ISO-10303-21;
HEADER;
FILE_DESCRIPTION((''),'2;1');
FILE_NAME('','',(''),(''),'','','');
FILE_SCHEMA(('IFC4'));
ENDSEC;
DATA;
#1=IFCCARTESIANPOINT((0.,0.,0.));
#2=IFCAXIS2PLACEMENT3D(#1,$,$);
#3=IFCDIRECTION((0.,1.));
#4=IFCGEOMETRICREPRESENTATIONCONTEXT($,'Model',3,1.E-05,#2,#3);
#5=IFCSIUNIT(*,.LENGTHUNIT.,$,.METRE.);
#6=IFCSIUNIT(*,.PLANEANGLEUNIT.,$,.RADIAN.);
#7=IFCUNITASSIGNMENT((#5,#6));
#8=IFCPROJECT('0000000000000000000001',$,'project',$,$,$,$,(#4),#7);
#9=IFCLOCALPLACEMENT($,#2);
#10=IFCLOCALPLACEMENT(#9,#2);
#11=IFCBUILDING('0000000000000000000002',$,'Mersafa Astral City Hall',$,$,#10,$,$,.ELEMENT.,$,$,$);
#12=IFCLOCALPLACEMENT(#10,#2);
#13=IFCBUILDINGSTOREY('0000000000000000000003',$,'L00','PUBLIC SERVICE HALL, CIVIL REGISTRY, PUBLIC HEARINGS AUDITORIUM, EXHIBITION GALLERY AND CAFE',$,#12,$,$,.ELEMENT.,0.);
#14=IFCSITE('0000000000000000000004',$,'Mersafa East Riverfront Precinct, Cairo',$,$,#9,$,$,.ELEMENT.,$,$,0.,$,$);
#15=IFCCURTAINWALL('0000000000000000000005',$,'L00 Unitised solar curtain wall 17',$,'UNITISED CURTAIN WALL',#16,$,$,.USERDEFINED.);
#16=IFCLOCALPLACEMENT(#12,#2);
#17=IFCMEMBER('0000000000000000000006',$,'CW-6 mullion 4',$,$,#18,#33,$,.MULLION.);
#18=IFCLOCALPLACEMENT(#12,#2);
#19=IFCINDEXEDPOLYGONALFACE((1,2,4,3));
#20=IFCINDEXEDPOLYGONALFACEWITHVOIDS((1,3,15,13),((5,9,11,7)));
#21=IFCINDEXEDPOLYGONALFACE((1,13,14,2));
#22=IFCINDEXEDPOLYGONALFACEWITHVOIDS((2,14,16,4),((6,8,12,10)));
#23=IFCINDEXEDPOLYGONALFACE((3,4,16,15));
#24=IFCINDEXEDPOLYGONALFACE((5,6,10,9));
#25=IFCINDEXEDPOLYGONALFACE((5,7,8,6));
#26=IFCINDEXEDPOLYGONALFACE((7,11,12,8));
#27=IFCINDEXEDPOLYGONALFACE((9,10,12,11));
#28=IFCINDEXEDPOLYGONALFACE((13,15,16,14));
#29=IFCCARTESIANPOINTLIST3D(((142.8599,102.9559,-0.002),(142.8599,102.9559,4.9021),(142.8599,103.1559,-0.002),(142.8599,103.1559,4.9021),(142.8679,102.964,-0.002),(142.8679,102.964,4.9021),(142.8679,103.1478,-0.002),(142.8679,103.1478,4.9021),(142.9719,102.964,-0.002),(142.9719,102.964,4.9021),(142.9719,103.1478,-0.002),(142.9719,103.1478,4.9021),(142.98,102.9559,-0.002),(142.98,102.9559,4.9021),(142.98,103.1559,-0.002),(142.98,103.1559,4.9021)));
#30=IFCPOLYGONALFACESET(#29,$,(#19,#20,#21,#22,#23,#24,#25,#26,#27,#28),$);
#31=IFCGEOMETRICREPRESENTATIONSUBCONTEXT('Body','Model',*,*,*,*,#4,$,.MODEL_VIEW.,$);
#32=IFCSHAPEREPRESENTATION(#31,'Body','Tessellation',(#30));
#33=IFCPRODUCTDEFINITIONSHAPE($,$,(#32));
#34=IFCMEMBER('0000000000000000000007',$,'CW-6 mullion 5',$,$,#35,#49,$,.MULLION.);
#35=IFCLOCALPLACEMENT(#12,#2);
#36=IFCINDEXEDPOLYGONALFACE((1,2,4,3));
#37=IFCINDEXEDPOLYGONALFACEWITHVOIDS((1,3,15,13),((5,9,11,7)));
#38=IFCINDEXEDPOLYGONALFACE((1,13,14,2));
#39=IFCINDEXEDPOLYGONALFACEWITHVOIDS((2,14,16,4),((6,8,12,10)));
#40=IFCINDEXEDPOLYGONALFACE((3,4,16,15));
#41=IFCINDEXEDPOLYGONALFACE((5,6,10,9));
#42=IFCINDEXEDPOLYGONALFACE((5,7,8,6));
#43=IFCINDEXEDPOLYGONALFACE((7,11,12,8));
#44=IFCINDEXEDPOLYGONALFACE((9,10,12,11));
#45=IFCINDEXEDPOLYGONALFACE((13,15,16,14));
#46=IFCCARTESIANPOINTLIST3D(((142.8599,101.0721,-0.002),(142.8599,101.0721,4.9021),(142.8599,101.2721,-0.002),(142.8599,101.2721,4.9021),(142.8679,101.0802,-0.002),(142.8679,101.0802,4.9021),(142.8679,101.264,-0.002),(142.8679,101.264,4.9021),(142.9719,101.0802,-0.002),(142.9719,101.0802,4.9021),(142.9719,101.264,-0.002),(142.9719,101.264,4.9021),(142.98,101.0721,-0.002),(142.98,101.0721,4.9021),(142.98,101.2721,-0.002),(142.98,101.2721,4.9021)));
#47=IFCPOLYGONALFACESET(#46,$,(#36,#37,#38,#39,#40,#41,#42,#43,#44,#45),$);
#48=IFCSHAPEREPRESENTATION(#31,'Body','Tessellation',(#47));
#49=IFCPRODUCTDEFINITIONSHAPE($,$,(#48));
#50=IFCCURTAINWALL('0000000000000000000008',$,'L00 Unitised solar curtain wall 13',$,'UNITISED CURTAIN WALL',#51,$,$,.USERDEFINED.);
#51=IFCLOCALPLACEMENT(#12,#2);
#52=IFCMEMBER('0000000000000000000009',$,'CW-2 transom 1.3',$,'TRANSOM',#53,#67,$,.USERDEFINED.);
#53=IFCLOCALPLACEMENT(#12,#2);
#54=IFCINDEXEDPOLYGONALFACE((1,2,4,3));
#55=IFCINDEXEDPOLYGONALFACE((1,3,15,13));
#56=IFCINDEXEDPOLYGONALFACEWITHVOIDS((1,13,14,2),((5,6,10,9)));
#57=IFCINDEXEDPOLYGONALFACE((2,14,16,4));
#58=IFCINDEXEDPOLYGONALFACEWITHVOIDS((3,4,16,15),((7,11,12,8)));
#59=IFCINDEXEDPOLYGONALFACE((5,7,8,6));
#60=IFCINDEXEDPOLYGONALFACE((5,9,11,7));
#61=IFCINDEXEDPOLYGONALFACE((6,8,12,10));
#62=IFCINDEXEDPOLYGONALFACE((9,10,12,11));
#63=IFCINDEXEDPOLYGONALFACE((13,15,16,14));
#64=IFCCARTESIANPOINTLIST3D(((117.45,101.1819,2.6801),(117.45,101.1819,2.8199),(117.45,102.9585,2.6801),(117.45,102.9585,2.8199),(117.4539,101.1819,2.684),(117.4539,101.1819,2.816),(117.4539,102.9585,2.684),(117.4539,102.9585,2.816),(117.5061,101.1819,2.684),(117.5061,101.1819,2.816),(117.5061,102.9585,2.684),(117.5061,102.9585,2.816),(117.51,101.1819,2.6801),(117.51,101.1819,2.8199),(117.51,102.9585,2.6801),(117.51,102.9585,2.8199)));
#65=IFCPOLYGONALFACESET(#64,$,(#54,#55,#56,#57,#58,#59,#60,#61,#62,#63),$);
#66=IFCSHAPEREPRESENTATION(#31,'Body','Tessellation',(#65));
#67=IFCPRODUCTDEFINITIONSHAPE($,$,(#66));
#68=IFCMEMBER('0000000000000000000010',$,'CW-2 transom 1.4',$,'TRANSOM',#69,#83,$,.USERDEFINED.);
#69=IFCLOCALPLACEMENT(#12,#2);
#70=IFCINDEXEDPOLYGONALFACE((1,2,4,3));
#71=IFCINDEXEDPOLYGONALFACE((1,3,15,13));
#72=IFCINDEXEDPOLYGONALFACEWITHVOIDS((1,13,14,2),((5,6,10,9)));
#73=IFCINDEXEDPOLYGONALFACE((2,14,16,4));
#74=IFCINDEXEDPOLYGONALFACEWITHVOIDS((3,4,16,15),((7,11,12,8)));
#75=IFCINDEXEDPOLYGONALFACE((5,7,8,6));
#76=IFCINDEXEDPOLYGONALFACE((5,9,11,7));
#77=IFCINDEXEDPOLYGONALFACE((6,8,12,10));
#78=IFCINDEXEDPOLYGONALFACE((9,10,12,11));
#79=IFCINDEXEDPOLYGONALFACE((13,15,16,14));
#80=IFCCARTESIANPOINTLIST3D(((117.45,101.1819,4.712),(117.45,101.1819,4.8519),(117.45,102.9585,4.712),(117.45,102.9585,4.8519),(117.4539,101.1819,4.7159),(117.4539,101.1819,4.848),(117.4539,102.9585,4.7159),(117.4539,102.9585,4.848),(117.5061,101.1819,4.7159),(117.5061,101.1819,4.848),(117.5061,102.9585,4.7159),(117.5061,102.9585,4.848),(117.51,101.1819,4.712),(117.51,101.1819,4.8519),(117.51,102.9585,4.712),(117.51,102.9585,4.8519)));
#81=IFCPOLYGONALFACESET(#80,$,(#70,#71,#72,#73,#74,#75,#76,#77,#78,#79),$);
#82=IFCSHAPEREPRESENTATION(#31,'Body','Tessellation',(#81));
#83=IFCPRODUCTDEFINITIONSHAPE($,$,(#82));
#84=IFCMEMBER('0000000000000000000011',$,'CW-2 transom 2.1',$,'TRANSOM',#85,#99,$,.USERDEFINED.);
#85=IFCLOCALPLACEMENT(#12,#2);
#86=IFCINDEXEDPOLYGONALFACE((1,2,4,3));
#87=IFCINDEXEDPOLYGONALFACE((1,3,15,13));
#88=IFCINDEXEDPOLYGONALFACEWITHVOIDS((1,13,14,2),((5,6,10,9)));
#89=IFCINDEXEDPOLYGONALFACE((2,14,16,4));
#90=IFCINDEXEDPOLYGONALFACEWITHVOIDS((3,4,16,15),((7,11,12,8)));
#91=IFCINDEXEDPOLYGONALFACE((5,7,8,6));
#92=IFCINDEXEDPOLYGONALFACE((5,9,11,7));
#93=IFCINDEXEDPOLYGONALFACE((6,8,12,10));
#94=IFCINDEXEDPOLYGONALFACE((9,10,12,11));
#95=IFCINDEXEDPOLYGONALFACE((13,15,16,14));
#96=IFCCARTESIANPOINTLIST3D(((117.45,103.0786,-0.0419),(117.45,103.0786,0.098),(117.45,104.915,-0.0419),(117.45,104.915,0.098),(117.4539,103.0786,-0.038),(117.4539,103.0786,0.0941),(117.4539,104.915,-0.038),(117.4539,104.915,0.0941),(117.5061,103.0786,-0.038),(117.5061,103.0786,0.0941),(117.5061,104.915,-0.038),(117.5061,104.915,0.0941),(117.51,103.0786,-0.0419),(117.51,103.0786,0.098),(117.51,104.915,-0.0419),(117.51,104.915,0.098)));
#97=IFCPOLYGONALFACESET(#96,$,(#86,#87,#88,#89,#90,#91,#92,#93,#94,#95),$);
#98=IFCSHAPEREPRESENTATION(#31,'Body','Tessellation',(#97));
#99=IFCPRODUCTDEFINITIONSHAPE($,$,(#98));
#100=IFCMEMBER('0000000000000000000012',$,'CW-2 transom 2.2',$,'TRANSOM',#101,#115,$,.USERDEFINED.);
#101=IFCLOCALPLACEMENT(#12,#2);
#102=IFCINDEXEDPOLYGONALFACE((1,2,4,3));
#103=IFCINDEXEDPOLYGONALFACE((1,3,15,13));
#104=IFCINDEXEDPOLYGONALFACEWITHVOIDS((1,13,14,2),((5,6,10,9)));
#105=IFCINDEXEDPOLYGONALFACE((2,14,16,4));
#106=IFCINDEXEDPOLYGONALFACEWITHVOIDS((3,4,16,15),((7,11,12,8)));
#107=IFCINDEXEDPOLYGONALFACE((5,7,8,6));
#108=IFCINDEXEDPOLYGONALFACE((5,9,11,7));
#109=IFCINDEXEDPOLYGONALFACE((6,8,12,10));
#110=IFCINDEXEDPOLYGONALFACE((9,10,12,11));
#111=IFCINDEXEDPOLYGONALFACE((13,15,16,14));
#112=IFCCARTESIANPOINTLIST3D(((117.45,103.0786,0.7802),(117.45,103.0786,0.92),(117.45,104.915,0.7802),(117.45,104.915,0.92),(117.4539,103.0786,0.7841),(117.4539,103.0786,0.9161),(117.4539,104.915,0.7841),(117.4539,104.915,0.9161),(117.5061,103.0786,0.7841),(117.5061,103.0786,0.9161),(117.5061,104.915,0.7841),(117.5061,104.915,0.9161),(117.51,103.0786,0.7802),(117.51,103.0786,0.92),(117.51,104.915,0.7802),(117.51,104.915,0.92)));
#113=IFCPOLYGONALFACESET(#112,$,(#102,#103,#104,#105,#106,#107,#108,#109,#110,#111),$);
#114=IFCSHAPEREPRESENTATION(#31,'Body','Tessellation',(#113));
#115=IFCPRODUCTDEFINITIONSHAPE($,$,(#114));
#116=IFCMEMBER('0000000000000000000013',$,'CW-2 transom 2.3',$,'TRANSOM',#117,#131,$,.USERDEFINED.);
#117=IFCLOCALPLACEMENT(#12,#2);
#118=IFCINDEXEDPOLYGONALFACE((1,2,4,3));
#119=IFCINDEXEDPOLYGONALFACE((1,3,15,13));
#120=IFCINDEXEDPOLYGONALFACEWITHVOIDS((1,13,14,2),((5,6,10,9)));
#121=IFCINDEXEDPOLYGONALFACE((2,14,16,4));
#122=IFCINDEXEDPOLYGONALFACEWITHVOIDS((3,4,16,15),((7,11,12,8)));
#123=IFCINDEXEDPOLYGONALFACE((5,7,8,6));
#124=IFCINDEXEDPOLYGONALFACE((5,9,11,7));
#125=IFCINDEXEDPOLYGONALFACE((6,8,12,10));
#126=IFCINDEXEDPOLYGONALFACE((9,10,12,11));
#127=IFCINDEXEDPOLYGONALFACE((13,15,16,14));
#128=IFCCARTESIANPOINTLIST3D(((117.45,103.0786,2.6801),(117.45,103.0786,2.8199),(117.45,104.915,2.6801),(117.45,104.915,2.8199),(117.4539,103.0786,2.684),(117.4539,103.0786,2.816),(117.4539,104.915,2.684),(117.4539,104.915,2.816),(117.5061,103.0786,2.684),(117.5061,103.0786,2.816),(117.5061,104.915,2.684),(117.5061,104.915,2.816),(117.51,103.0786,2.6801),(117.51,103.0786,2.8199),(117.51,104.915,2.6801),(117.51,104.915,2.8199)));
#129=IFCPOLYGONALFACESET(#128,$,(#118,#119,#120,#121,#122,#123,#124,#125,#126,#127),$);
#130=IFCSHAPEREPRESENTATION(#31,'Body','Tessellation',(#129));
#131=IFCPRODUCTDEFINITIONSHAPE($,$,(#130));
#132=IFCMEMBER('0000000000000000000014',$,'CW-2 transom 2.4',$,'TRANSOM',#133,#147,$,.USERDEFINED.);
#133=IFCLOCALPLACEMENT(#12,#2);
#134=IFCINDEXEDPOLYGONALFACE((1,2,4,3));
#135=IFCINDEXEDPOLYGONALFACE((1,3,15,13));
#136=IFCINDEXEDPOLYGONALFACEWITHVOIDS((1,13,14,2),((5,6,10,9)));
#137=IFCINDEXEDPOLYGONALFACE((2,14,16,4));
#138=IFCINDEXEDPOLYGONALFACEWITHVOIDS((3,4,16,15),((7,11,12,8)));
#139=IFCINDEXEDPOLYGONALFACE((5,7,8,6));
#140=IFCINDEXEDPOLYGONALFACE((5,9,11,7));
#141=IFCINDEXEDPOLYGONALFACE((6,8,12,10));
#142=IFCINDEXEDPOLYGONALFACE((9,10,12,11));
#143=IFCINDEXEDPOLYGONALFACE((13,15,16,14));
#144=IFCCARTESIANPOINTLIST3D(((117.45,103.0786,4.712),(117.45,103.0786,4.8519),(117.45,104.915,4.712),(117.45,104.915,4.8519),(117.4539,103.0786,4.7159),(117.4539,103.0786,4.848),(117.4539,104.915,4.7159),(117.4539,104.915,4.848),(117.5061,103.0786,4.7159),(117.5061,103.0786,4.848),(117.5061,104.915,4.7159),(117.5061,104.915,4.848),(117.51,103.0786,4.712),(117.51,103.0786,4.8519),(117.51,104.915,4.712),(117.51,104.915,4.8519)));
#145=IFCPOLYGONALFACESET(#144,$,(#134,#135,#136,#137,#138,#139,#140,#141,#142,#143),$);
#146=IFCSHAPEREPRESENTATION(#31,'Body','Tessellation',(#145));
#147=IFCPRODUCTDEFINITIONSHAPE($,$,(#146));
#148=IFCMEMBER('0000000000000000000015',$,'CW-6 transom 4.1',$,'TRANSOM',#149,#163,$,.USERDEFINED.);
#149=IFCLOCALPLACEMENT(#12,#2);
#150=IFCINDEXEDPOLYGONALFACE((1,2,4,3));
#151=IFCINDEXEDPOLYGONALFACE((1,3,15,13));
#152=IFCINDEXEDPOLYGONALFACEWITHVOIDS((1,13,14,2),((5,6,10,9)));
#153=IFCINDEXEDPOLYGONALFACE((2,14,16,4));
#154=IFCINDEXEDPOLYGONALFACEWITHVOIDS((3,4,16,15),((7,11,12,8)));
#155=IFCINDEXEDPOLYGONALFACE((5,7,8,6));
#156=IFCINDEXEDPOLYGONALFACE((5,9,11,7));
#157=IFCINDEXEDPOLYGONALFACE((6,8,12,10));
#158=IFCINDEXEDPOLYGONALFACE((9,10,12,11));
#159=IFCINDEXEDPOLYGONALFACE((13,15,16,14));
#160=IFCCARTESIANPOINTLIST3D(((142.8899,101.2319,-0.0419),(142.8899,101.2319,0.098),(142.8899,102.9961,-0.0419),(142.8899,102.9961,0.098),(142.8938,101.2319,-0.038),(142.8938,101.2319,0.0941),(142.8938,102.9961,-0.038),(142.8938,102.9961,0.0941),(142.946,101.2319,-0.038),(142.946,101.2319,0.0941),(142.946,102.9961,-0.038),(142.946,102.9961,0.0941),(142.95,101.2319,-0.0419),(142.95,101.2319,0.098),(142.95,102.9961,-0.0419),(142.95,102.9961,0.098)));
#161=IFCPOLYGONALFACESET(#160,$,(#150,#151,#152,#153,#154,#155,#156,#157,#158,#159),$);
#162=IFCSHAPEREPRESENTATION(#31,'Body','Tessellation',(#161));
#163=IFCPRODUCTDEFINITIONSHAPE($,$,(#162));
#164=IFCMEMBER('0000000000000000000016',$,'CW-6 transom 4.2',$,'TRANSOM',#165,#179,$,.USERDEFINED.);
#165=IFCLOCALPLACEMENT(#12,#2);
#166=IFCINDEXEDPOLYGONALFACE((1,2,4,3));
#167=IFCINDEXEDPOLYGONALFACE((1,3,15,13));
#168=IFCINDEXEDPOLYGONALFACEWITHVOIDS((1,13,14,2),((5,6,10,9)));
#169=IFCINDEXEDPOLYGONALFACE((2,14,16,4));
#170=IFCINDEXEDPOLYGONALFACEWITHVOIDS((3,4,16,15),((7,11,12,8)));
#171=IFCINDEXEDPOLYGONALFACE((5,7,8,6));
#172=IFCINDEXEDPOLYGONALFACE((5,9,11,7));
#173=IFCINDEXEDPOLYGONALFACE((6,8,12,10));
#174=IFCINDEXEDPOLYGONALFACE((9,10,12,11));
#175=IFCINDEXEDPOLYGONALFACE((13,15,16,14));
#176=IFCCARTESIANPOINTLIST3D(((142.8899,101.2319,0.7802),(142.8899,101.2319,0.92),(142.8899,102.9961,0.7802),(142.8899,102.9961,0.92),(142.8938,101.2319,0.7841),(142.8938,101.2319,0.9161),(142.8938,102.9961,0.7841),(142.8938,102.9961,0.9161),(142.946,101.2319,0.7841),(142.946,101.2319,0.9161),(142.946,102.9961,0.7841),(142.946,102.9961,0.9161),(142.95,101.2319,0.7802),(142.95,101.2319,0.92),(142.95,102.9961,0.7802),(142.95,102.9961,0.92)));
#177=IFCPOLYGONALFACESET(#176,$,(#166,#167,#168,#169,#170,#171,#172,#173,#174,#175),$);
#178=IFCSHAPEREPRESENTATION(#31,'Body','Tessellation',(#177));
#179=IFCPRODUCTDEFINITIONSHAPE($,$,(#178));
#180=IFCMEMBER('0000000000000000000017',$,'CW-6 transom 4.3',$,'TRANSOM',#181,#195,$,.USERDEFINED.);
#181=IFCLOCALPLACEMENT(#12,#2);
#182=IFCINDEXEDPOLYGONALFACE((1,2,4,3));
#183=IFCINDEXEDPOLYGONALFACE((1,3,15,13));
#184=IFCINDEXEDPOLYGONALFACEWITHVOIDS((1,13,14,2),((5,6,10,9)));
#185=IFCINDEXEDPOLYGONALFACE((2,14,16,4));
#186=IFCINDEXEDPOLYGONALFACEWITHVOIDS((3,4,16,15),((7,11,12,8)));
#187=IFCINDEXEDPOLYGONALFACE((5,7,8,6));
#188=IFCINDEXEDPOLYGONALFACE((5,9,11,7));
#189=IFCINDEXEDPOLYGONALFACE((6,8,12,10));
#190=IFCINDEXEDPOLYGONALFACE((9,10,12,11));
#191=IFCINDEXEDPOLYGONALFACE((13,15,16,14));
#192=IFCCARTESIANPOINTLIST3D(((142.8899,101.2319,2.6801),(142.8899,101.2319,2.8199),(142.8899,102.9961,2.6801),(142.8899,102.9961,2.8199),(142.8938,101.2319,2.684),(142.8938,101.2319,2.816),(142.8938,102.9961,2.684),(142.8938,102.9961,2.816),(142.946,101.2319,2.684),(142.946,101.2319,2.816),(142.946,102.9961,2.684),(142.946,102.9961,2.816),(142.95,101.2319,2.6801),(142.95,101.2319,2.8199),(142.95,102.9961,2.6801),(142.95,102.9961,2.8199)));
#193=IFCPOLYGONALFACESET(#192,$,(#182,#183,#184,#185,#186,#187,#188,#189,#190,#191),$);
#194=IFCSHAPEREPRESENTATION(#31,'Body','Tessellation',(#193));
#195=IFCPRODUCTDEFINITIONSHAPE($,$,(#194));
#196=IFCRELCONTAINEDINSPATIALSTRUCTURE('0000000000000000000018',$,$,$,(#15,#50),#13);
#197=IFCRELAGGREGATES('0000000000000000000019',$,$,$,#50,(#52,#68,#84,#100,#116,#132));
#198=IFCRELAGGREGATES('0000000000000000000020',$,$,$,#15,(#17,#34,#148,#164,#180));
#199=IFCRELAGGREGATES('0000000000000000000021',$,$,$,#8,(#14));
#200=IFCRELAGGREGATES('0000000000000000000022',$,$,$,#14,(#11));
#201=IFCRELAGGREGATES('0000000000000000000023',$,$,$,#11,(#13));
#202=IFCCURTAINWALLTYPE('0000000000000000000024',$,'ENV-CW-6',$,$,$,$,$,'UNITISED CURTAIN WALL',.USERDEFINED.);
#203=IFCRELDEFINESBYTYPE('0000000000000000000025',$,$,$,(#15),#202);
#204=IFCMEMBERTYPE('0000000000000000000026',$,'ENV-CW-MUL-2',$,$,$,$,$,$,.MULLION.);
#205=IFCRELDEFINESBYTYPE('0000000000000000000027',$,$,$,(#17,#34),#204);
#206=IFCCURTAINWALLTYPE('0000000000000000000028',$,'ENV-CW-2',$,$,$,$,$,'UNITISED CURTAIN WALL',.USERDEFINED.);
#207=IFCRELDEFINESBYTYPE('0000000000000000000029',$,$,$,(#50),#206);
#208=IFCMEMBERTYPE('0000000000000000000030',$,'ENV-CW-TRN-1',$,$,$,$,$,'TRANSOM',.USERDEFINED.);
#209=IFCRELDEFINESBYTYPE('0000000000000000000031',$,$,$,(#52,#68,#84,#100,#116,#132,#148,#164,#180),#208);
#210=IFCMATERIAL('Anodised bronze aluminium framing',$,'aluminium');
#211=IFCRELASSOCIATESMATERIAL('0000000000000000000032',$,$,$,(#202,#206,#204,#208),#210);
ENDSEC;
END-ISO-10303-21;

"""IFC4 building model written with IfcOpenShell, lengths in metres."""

from ifc_helpers import new_model, si_unit, direction, frame, origin, origin_2d, place, context, subcontext, project, spatial, hollow_rectangle, extrude, material, material_profile, profile_set, type_object, element, aggregate, save


model = new_model("IFC4")

# Units and contexts
model_context = context("Model", 3, precision=1e-05, world=origin(), true_north=direction((0.0, 1.0)))
body_context = subcontext(model_context, "Body", "Model", "MODEL_VIEW")
ifc_project = project(units=[si_unit("LENGTHUNIT", "METRE"), si_unit("PLANEANGLEUNIT", "RADIAN")], contexts=[model_context])

# Site, building, storey
site_placement = place(None, origin())
site = spatial("IfcSite", under=ifc_project, at=site_placement, Name="Mersafa East Riverfront Precinct, Cairo", CompositionType="ELEMENT", RefElevation=0.0)
building_placement = place(site_placement, origin())
building = spatial("IfcBuilding", under=site, at=building_placement, Name="Mersafa Astral City Hall", CompositionType="ELEMENT")
storey_placement = place(building_placement, origin())
storey = spatial("IfcBuildingStorey", under=building, at=storey_placement, Name="L00", Description="PUBLIC SERVICE HALL, CIVIL REGISTRY, PUBLIC HEARINGS AUDITORIUM, EXHIBITION GALLERY AND CAFE", CompositionType="ELEMENT", Elevation=0.0)

# Curtain walls, members
ifc_material_1 = material(Name="Anodised bronze aluminium framing", Category="aluminium")
curtain_wall_type_1 = type_object("IfcCurtainWallType", Name="ENV-CW-6", ElementType="UNITISED CURTAIN WALL", PredefinedType="USERDEFINED", material=ifc_material_1)
curtain_wall_1_placement = place(storey_placement, origin())
curtain_wall_1 = element("IfcCurtainWall", 1, at=curtain_wall_1_placement, inside=storey, type_object=curtain_wall_type_1, Name="L00 Unitised solar curtain wall 17", ObjectType="UNITISED CURTAIN WALL", PredefinedType="USERDEFINED")
ifc_material_profile_1 = material_profile(ifc_material_1, hollow_rectangle(XDim=0.1201, YDim=0.2, WallThickness=0.0081, at=origin_2d()), Name="RHS 120x200x8")
ifc_profile_set_1 = profile_set([ifc_material_profile_1], Name="Anodised bronze aluminium framing")
member_type_1 = type_object("IfcMemberType", Name="ENV-CW-MUL-2", PredefinedType="MULLION", material=ifc_profile_set_1)
member_1_placement = place(storey_placement, frame((142.9199, 103.0559, -0.002), z_axis=(0.0, 0.0, 1.0), x_axis=(1.0, 0.0, 0.0)))
member_1 = element("IfcMember", 2, at=member_1_placement, type_object=member_type_1, Name="CW-6 mullion 4", PredefinedType="MULLION", context=body_context, shape_type="SweptSolid", body=[
    extrude(hollow_rectangle(XDim=0.1201, YDim=0.2, WallThickness=0.0081, at=origin_2d()), origin(), (0.0, 0.0, 1.0), 4.9041),
])
member_2_placement = place(storey_placement, frame((142.9199, 101.1721, -0.002), z_axis=(0.0, 0.0, 1.0), x_axis=(1.0, 0.0, 0.0)))
member_2 = element("IfcMember", 3, at=member_2_placement, type_object=member_type_1, Name="CW-6 mullion 5", PredefinedType="MULLION", context=body_context, shape_type="SweptSolid", body=[
    extrude(hollow_rectangle(XDim=0.1201, YDim=0.2, WallThickness=0.0081, at=origin_2d()), origin(), (0.0, 0.0, 1.0), 4.9041),
])
curtain_wall_type_2 = type_object("IfcCurtainWallType", Name="ENV-CW-2", ElementType="UNITISED CURTAIN WALL", PredefinedType="USERDEFINED", material=ifc_material_1)
curtain_wall_2_placement = place(storey_placement, origin())
curtain_wall_2 = element("IfcCurtainWall", 4, at=curtain_wall_2_placement, inside=storey, type_object=curtain_wall_type_2, Name="L00 Unitised solar curtain wall 13", ObjectType="UNITISED CURTAIN WALL", PredefinedType="USERDEFINED")
ifc_material_profile_2 = material_profile(ifc_material_1, hollow_rectangle(XDim=0.0601, YDim=0.1399, WallThickness=0.0039, at=origin_2d()), Name="RHS 60x140x4")
ifc_profile_set_2 = profile_set([ifc_material_profile_2], Name="Anodised bronze aluminium framing")
member_type_2 = type_object("IfcMemberType", Name="ENV-CW-TRN-1", ElementType="TRANSOM", PredefinedType="USERDEFINED", material=ifc_profile_set_2)
member_3_placement = place(storey_placement, frame((117.48, 101.1819, 2.75), z_axis=(0.0, 1.0, 0.0), x_axis=(-1.0, 0.0, 0.0)))
member_3 = element("IfcMember", 5, at=member_3_placement, type_object=member_type_2, Name="CW-2 transom 1.3", ObjectType="TRANSOM", PredefinedType="USERDEFINED", context=body_context, shape_type="SweptSolid", body=[
    extrude(hollow_rectangle(XDim=0.0601, YDim=0.1399, WallThickness=0.0039, at=origin_2d()), origin(), (0.0, 0.0, 1.0), 1.7766),
])
member_4_placement = place(storey_placement, frame((117.48, 101.1819, 4.782), z_axis=(0.0, 1.0, 0.0), x_axis=(-1.0, 0.0, 0.0)))
member_4 = element("IfcMember", 6, at=member_4_placement, type_object=member_type_2, Name="CW-2 transom 1.4", ObjectType="TRANSOM", PredefinedType="USERDEFINED", context=body_context, shape_type="SweptSolid", body=[
    extrude(hollow_rectangle(XDim=0.0601, YDim=0.1399, WallThickness=0.0039, at=origin_2d()), origin(), (0.0, 0.0, 1.0), 1.7766),
])
member_5_placement = place(storey_placement, frame((117.48, 103.0786, 0.0281), z_axis=(0.0, 1.0, 0.0), x_axis=(-1.0, 0.0, 0.0)))
member_5 = element("IfcMember", 7, at=member_5_placement, type_object=member_type_2, Name="CW-2 transom 2.1", ObjectType="TRANSOM", PredefinedType="USERDEFINED", context=body_context, shape_type="SweptSolid", body=[
    extrude(hollow_rectangle(XDim=0.0601, YDim=0.1399, WallThickness=0.0039, at=origin_2d()), origin(), (0.0, 0.0, 1.0), 1.8364),
])
member_6_placement = place(storey_placement, frame((117.48, 103.0786, 0.8501), z_axis=(0.0, 1.0, 0.0), x_axis=(-1.0, 0.0, 0.0)))
member_6 = element("IfcMember", 8, at=member_6_placement, type_object=member_type_2, Name="CW-2 transom 2.2", ObjectType="TRANSOM", PredefinedType="USERDEFINED", context=body_context, shape_type="SweptSolid", body=[
    extrude(hollow_rectangle(XDim=0.0601, YDim=0.1399, WallThickness=0.0039, at=origin_2d()), origin(), (0.0, 0.0, 1.0), 1.8364),
])
member_7_placement = place(storey_placement, frame((117.48, 103.0786, 2.75), z_axis=(0.0, 1.0, 0.0), x_axis=(-1.0, 0.0, 0.0)))
member_7 = element("IfcMember", 9, at=member_7_placement, type_object=member_type_2, Name="CW-2 transom 2.3", ObjectType="TRANSOM", PredefinedType="USERDEFINED", context=body_context, shape_type="SweptSolid", body=[
    extrude(hollow_rectangle(XDim=0.0601, YDim=0.1399, WallThickness=0.0039, at=origin_2d()), origin(), (0.0, 0.0, 1.0), 1.8364),
])
member_8_placement = place(storey_placement, frame((117.48, 103.0786, 4.782), z_axis=(0.0, 1.0, 0.0), x_axis=(-1.0, 0.0, 0.0)))
member_8 = element("IfcMember", 10, at=member_8_placement, type_object=member_type_2, Name="CW-2 transom 2.4", ObjectType="TRANSOM", PredefinedType="USERDEFINED", context=body_context, shape_type="SweptSolid", body=[
    extrude(hollow_rectangle(XDim=0.0601, YDim=0.1399, WallThickness=0.0039, at=origin_2d()), origin(), (0.0, 0.0, 1.0), 1.8364),
])

# Members
member_9_placement = place(storey_placement, frame((142.9199, 102.9961, 0.0281), z_axis=(0.0, -1.0, 0.0), x_axis=(1.0, 0.0, 0.0)))
member_9 = element("IfcMember", 11, at=member_9_placement, type_object=member_type_2, Name="CW-6 transom 4.1", ObjectType="TRANSOM", PredefinedType="USERDEFINED", context=body_context, shape_type="SweptSolid", body=[
    extrude(hollow_rectangle(XDim=0.0601, YDim=0.1399, WallThickness=0.0039, at=origin_2d()), origin(), (0.0, 0.0, 1.0), 1.7642),
])
member_10_placement = place(storey_placement, frame((142.9199, 102.9961, 0.8501), z_axis=(0.0, -1.0, 0.0), x_axis=(1.0, 0.0, 0.0)))
member_10 = element("IfcMember", 12, at=member_10_placement, type_object=member_type_2, Name="CW-6 transom 4.2", ObjectType="TRANSOM", PredefinedType="USERDEFINED", context=body_context, shape_type="SweptSolid", body=[
    extrude(hollow_rectangle(XDim=0.0601, YDim=0.1399, WallThickness=0.0039, at=origin_2d()), origin(), (0.0, 0.0, 1.0), 1.7642),
])
member_11_placement = place(storey_placement, frame((142.9199, 102.9961, 2.75), z_axis=(0.0, -1.0, 0.0), x_axis=(1.0, 0.0, 0.0)))
member_11 = element("IfcMember", 13, at=member_11_placement, type_object=member_type_2, Name="CW-6 transom 4.3", ObjectType="TRANSOM", PredefinedType="USERDEFINED", context=body_context, shape_type="SweptSolid", body=[
    extrude(hollow_rectangle(XDim=0.0601, YDim=0.1399, WallThickness=0.0039, at=origin_2d()), origin(), (0.0, 0.0, 1.0), 1.7642),
])

aggregate(curtain_wall_2, [member_3, member_4, member_5, member_6, member_7, member_8])
aggregate(curtain_wall_1, [member_1, member_2, member_9, member_10, member_11])

save(model, "model.ifc")
